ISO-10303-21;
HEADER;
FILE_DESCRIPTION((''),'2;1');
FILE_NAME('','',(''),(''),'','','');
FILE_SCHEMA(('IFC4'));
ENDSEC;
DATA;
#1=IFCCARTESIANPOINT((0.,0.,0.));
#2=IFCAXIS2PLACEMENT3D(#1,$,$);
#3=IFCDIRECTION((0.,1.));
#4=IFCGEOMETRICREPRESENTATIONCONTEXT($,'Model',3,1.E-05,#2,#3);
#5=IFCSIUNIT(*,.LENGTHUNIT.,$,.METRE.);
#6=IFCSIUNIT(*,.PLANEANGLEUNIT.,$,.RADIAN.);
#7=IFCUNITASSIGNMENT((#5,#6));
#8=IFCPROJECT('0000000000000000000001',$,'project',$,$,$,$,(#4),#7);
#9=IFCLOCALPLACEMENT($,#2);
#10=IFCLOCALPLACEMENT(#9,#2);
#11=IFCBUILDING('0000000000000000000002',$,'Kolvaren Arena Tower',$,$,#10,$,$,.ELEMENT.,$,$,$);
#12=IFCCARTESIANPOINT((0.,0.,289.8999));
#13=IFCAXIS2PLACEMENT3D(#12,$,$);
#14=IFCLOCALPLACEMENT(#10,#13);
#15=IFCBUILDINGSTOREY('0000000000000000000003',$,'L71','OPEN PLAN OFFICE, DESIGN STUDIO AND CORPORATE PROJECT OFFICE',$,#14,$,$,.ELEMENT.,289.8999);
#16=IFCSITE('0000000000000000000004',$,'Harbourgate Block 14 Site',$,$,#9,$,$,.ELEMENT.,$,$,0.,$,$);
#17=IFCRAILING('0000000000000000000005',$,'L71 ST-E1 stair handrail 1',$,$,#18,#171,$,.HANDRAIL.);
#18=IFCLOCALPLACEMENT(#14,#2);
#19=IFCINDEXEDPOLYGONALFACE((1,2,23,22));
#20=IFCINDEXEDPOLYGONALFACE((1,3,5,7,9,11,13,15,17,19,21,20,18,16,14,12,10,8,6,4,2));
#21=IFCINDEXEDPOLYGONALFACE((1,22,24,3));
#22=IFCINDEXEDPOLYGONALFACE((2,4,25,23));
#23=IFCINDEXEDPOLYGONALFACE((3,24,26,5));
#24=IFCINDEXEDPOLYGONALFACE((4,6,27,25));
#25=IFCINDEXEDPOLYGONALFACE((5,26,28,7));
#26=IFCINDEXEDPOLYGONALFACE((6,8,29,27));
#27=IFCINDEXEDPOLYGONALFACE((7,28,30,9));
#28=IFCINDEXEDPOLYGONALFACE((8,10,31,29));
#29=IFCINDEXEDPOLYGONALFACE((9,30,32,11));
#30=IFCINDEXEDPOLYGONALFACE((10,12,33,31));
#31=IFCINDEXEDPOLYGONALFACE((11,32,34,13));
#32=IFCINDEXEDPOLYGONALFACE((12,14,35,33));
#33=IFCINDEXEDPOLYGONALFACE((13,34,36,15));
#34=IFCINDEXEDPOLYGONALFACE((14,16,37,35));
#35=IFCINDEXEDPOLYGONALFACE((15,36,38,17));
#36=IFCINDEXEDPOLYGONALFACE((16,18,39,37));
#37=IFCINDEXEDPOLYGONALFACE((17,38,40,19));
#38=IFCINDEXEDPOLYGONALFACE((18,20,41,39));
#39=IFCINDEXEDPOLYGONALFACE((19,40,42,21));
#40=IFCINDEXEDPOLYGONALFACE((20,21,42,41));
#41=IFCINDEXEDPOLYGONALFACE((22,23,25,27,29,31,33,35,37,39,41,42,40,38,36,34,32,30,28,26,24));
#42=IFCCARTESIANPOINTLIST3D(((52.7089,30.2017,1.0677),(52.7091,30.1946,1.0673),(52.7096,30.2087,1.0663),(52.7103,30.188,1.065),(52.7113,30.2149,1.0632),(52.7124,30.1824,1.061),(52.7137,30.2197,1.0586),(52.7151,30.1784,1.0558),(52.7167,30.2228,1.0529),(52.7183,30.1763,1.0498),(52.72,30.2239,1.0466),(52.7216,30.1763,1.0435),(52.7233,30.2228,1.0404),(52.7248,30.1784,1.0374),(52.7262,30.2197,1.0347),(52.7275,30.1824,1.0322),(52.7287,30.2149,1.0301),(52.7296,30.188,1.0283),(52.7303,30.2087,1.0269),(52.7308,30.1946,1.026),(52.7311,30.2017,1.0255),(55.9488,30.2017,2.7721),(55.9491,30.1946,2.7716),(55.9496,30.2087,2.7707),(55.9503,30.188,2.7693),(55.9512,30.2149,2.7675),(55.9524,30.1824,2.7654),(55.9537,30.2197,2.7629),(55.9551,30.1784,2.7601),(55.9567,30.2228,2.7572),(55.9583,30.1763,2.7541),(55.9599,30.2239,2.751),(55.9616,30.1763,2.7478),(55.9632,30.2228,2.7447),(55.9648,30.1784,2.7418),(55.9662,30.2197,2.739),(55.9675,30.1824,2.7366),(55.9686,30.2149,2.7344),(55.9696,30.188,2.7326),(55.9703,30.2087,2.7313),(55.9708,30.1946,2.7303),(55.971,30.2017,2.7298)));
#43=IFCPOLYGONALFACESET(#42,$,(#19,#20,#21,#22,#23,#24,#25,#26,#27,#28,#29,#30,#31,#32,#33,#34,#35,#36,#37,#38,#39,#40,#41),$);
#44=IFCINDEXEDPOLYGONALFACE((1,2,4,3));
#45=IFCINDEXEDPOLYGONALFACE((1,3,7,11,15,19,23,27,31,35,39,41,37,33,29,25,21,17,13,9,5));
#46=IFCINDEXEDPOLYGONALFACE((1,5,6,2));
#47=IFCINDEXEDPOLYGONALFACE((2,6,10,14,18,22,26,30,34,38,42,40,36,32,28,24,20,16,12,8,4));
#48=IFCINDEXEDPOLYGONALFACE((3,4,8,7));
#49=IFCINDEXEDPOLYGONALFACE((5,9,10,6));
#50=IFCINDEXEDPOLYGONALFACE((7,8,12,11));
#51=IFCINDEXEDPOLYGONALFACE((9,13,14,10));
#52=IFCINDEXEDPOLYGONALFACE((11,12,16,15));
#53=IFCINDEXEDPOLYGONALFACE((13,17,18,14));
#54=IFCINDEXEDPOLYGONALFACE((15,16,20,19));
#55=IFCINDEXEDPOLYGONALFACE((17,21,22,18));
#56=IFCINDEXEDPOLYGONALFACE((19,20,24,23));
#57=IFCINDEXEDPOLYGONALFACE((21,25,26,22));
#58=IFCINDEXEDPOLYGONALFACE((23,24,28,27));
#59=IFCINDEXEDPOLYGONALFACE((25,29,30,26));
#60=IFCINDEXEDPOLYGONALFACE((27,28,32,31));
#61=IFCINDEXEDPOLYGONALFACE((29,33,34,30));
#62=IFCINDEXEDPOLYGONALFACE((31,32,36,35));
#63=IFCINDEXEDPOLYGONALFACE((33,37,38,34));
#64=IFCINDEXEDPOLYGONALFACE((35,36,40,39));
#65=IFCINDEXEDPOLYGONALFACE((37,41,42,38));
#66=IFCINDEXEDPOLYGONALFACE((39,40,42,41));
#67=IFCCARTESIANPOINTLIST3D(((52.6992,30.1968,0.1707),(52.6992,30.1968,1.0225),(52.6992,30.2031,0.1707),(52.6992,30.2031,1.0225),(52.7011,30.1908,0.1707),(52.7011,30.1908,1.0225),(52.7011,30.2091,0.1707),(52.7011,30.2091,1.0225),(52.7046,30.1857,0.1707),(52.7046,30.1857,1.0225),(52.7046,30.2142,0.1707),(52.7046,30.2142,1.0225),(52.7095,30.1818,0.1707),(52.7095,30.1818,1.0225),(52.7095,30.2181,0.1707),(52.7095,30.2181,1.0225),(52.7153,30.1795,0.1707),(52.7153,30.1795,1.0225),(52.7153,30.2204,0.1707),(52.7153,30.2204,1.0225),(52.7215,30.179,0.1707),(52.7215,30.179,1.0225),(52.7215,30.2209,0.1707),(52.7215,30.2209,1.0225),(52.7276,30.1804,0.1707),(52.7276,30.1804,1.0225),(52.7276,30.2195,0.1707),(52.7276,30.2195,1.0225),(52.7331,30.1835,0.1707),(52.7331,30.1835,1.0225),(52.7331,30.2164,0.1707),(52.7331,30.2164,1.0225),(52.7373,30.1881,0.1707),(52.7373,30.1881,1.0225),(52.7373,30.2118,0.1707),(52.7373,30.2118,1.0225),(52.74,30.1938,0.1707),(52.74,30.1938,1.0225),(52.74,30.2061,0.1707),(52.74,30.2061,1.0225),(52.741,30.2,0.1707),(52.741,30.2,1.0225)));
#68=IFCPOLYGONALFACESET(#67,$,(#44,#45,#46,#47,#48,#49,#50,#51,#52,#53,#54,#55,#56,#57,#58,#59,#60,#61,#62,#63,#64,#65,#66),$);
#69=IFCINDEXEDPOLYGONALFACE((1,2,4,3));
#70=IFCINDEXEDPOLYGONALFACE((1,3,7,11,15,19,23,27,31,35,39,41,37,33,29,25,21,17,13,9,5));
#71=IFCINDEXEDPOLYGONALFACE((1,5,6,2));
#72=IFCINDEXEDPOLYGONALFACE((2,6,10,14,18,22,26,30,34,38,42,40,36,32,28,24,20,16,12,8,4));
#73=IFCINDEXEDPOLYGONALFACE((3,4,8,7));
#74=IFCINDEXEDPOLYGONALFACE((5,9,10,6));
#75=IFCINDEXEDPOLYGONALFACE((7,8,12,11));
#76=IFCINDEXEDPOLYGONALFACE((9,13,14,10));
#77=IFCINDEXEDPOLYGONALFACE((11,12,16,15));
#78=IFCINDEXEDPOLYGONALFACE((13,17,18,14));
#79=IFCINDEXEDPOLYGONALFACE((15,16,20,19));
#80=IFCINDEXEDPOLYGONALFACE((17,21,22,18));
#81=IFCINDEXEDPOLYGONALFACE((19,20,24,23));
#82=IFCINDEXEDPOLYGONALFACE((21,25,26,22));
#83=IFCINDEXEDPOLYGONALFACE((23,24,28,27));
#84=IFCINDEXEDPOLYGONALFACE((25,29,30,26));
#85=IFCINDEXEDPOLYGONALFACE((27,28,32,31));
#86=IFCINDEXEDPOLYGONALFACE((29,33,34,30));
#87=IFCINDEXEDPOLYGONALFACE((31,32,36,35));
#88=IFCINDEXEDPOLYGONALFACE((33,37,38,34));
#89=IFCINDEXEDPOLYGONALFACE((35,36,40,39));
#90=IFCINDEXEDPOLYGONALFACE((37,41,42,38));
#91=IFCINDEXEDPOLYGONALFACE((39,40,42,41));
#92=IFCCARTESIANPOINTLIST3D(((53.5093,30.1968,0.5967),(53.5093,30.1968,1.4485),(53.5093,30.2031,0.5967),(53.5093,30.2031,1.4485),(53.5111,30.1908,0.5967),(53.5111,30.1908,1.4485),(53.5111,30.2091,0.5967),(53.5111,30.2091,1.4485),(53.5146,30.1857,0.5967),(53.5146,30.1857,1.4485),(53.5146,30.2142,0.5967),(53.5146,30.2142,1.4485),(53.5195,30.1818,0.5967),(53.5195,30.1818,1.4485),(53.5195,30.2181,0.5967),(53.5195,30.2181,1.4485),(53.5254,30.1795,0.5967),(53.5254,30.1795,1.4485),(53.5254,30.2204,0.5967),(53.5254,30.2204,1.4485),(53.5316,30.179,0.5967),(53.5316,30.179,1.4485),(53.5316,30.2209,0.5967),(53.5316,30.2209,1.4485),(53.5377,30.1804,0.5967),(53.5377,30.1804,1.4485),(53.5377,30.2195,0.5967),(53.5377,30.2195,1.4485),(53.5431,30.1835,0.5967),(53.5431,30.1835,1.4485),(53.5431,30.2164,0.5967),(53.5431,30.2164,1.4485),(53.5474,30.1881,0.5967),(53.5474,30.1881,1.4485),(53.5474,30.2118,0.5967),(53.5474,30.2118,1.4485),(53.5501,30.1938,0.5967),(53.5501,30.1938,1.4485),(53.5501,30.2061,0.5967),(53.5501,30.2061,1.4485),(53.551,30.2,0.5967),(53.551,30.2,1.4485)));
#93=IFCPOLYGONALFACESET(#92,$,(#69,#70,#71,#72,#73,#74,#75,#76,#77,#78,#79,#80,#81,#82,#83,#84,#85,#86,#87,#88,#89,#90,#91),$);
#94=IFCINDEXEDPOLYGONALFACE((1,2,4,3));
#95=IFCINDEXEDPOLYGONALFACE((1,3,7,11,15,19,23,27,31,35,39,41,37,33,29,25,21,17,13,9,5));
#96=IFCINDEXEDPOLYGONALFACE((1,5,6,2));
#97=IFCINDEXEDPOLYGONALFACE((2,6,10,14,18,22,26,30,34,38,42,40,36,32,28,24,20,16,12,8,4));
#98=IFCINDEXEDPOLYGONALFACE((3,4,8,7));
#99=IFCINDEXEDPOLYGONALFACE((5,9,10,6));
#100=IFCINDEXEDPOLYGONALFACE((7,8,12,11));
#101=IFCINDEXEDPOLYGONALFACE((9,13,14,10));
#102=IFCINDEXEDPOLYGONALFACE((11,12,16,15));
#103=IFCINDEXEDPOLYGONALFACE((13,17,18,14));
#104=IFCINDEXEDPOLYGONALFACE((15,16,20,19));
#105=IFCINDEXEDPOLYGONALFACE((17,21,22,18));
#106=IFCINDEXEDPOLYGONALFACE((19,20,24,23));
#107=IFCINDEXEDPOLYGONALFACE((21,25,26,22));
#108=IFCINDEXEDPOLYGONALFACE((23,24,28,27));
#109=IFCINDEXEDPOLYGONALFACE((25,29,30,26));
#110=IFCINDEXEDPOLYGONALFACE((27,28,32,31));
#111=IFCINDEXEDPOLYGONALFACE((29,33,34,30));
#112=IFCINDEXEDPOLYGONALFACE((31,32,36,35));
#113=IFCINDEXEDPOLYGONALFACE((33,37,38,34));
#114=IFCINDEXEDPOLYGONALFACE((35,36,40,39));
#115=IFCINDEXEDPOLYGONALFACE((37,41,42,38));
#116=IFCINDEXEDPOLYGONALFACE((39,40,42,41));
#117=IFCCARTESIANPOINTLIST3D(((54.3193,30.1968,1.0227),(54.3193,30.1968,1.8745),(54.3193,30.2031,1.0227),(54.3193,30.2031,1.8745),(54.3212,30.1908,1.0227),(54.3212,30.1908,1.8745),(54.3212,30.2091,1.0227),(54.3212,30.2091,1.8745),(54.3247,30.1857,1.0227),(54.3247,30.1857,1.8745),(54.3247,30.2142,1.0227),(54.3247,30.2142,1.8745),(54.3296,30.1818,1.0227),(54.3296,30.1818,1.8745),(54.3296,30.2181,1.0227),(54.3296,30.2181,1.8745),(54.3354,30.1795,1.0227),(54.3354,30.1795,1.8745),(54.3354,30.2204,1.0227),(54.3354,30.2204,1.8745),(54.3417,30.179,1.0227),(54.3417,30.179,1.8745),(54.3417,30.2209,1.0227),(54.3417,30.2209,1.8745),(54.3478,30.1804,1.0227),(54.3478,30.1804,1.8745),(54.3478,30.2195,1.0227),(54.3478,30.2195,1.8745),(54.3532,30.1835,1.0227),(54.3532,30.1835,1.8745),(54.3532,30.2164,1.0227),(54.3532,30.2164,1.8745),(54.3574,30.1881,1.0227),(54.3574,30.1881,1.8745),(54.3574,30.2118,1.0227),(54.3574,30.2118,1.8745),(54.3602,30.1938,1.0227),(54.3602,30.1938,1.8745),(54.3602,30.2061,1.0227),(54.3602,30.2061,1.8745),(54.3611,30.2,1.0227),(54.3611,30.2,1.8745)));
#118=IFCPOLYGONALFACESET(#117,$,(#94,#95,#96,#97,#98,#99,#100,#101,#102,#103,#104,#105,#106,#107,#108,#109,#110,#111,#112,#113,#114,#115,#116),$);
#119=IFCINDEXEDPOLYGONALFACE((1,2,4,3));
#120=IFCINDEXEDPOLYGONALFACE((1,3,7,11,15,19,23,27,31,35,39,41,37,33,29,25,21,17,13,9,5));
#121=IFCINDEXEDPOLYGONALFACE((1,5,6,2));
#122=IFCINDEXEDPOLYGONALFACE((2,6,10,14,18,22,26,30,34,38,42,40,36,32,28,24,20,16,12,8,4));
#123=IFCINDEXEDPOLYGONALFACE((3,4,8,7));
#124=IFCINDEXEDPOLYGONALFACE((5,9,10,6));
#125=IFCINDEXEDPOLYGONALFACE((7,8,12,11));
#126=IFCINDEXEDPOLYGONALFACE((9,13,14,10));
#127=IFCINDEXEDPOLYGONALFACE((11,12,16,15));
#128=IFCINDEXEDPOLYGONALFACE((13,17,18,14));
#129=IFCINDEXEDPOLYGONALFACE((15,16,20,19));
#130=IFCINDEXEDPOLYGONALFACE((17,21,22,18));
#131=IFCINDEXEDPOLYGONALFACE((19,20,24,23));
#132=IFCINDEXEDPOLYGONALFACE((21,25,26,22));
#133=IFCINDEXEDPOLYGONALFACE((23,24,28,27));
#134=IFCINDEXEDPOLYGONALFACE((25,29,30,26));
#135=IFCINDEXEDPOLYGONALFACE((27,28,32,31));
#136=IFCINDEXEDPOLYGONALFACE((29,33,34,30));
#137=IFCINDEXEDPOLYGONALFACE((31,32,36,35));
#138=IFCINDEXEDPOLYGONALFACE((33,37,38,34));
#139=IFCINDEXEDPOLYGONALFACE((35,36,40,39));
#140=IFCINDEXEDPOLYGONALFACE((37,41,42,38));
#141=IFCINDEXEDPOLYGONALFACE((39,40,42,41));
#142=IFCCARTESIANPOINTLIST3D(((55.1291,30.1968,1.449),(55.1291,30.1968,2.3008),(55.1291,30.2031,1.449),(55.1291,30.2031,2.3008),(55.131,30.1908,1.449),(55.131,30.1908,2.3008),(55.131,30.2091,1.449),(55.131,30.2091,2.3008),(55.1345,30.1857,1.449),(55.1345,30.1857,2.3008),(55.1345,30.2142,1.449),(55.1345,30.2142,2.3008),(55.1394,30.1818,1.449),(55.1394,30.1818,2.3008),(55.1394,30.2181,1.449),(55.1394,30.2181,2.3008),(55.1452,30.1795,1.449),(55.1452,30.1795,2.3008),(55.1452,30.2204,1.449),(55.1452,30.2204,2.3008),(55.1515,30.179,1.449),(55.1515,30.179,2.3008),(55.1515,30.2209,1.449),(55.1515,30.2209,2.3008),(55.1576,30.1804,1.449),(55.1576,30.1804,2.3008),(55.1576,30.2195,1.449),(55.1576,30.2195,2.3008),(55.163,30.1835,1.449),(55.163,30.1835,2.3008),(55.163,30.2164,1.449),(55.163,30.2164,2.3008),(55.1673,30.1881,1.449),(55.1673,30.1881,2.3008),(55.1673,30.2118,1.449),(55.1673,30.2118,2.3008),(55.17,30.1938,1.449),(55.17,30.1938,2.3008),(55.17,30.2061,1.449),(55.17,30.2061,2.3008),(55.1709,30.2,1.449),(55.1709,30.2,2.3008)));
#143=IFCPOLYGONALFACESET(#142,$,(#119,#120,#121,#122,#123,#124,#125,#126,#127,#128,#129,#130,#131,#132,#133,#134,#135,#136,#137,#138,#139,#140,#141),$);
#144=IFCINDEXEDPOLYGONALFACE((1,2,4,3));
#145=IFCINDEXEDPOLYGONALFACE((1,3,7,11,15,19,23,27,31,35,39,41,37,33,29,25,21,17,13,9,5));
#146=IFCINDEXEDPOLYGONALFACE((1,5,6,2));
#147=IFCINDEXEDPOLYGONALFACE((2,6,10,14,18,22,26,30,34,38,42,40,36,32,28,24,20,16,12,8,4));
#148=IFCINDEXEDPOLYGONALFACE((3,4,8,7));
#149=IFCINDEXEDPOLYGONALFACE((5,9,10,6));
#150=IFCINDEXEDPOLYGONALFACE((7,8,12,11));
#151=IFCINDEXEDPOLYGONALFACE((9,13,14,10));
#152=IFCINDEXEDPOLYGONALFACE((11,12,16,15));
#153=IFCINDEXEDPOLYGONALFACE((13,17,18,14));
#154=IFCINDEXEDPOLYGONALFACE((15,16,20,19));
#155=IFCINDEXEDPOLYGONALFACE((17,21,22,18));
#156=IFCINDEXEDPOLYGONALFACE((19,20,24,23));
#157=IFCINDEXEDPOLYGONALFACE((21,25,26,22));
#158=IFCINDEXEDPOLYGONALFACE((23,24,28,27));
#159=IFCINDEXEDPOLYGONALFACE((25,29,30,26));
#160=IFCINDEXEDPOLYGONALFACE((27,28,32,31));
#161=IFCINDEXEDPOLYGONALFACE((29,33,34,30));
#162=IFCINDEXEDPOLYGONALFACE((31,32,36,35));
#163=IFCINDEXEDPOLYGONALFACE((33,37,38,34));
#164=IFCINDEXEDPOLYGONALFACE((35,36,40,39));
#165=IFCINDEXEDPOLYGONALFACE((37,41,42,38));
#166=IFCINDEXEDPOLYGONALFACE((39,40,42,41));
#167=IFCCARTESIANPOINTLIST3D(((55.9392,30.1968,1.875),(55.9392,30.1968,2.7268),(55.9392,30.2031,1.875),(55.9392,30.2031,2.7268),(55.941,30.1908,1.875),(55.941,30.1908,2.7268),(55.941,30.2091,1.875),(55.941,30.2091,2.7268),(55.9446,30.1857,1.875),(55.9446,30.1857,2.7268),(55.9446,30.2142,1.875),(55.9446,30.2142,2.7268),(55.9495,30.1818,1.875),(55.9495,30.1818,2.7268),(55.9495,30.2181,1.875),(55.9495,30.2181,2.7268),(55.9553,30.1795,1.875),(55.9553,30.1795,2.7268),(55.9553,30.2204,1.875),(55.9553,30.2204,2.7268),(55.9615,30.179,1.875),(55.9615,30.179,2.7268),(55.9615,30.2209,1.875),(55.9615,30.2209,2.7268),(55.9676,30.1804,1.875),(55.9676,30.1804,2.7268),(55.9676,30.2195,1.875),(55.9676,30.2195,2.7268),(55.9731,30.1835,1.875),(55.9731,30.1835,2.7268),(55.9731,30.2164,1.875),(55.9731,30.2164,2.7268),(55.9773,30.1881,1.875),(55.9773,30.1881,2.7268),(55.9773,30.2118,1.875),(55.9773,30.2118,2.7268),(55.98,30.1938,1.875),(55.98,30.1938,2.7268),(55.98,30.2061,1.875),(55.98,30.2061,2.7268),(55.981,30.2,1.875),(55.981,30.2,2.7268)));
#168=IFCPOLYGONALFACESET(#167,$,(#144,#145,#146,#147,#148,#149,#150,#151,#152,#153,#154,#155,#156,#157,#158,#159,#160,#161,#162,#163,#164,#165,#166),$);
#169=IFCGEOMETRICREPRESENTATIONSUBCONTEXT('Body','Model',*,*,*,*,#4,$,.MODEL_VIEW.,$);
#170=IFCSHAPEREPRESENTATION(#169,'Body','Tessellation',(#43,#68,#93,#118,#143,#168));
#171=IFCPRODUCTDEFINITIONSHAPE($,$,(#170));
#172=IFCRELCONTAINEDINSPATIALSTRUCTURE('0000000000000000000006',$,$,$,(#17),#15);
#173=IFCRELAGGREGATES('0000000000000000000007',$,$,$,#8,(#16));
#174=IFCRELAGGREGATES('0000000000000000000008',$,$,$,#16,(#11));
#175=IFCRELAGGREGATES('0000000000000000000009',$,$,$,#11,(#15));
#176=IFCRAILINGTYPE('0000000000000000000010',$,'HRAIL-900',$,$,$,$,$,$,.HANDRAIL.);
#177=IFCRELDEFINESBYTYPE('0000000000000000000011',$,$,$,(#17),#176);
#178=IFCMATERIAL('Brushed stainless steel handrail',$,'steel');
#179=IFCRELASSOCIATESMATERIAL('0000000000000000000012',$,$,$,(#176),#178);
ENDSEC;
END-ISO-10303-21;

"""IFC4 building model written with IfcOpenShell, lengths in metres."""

from ifc_helpers import new_model, si_unit, direction, frame, origin, origin_2d, place, context, subcontext, project, spatial, circle, extrude, material, type_object, element, save


model = new_model("IFC4")

# Units and contexts
model_context = context("Model", 3, precision=1e-05, world=origin(), true_north=direction((0.0, 1.0)))
body_context = subcontext(model_context, "Body", "Model", "MODEL_VIEW")
ifc_project = project(units=[si_unit("LENGTHUNIT", "METRE"), si_unit("PLANEANGLEUNIT", "RADIAN")], contexts=[model_context])

# Site, building, storey
site_placement = place(None, origin())
site = spatial("IfcSite", under=ifc_project, at=site_placement, Name="Harbourgate Block 14 Site", CompositionType="ELEMENT", RefElevation=0.0)
building_placement = place(site_placement, origin())
building = spatial("IfcBuilding", under=site, at=building_placement, Name="Kolvaren Arena Tower", CompositionType="ELEMENT")
storey_placement = place(building_placement, frame((0.0, 0.0, 289.8999)))
storey = spatial("IfcBuildingStorey", under=building, at=storey_placement, Name="L71", Description="OPEN PLAN OFFICE, DESIGN STUDIO AND CORPORATE PROJECT OFFICE", CompositionType="ELEMENT", Elevation=289.8999)

# Railing
ifc_material_1 = material(Name="Brushed stainless steel handrail", Category="steel")
railing_type_1 = type_object("IfcRailingType", Name="HRAIL-900", PredefinedType="HANDRAIL", material=ifc_material_1)
for number, where, name in (
    (1, (52.72, 30.2, 0.1707), "L71 ST-E1 stair handrail 1"),
):
    element("IfcRailing", number, at=place(storey_placement, frame(where)), inside=storey, type_object=railing_type_1, Name=name, PredefinedType="HANDRAIL", context=body_context, shape_type="SweptSolid", body=[
        extrude(circle(Radius=0.0239, at=origin_2d()), frame((0.0, 0.0, 0.876), z_axis=(0.885021, 0.0, 0.465551), x_axis=(0.0, 1.0, 0.0)), (0.0, 0.0, 1.0), 3.6609),
        extrude(circle(Radius=0.021, at=origin_2d()), origin(), (0.0, 0.0, 1.0), 0.8518),
        extrude(circle(Radius=0.021, at=origin_2d()), frame((0.8101, 0.0, 0.426)), (0.0, 0.0, 1.0), 0.8518),
        extrude(circle(Radius=0.021, at=origin_2d()), frame((1.6201, 0.0, 0.8521)), (0.0, 0.0, 1.0), 0.8518),
        extrude(circle(Radius=0.021, at=origin_2d()), frame((2.4299, 0.0, 1.2783)), (0.0, 0.0, 1.0), 0.8518),
        extrude(circle(Radius=0.021, at=origin_2d()), frame((3.24, 0.0, 1.7043)), (0.0, 0.0, 1.0), 0.8518),
    ])

save(model, "model.ifc")
